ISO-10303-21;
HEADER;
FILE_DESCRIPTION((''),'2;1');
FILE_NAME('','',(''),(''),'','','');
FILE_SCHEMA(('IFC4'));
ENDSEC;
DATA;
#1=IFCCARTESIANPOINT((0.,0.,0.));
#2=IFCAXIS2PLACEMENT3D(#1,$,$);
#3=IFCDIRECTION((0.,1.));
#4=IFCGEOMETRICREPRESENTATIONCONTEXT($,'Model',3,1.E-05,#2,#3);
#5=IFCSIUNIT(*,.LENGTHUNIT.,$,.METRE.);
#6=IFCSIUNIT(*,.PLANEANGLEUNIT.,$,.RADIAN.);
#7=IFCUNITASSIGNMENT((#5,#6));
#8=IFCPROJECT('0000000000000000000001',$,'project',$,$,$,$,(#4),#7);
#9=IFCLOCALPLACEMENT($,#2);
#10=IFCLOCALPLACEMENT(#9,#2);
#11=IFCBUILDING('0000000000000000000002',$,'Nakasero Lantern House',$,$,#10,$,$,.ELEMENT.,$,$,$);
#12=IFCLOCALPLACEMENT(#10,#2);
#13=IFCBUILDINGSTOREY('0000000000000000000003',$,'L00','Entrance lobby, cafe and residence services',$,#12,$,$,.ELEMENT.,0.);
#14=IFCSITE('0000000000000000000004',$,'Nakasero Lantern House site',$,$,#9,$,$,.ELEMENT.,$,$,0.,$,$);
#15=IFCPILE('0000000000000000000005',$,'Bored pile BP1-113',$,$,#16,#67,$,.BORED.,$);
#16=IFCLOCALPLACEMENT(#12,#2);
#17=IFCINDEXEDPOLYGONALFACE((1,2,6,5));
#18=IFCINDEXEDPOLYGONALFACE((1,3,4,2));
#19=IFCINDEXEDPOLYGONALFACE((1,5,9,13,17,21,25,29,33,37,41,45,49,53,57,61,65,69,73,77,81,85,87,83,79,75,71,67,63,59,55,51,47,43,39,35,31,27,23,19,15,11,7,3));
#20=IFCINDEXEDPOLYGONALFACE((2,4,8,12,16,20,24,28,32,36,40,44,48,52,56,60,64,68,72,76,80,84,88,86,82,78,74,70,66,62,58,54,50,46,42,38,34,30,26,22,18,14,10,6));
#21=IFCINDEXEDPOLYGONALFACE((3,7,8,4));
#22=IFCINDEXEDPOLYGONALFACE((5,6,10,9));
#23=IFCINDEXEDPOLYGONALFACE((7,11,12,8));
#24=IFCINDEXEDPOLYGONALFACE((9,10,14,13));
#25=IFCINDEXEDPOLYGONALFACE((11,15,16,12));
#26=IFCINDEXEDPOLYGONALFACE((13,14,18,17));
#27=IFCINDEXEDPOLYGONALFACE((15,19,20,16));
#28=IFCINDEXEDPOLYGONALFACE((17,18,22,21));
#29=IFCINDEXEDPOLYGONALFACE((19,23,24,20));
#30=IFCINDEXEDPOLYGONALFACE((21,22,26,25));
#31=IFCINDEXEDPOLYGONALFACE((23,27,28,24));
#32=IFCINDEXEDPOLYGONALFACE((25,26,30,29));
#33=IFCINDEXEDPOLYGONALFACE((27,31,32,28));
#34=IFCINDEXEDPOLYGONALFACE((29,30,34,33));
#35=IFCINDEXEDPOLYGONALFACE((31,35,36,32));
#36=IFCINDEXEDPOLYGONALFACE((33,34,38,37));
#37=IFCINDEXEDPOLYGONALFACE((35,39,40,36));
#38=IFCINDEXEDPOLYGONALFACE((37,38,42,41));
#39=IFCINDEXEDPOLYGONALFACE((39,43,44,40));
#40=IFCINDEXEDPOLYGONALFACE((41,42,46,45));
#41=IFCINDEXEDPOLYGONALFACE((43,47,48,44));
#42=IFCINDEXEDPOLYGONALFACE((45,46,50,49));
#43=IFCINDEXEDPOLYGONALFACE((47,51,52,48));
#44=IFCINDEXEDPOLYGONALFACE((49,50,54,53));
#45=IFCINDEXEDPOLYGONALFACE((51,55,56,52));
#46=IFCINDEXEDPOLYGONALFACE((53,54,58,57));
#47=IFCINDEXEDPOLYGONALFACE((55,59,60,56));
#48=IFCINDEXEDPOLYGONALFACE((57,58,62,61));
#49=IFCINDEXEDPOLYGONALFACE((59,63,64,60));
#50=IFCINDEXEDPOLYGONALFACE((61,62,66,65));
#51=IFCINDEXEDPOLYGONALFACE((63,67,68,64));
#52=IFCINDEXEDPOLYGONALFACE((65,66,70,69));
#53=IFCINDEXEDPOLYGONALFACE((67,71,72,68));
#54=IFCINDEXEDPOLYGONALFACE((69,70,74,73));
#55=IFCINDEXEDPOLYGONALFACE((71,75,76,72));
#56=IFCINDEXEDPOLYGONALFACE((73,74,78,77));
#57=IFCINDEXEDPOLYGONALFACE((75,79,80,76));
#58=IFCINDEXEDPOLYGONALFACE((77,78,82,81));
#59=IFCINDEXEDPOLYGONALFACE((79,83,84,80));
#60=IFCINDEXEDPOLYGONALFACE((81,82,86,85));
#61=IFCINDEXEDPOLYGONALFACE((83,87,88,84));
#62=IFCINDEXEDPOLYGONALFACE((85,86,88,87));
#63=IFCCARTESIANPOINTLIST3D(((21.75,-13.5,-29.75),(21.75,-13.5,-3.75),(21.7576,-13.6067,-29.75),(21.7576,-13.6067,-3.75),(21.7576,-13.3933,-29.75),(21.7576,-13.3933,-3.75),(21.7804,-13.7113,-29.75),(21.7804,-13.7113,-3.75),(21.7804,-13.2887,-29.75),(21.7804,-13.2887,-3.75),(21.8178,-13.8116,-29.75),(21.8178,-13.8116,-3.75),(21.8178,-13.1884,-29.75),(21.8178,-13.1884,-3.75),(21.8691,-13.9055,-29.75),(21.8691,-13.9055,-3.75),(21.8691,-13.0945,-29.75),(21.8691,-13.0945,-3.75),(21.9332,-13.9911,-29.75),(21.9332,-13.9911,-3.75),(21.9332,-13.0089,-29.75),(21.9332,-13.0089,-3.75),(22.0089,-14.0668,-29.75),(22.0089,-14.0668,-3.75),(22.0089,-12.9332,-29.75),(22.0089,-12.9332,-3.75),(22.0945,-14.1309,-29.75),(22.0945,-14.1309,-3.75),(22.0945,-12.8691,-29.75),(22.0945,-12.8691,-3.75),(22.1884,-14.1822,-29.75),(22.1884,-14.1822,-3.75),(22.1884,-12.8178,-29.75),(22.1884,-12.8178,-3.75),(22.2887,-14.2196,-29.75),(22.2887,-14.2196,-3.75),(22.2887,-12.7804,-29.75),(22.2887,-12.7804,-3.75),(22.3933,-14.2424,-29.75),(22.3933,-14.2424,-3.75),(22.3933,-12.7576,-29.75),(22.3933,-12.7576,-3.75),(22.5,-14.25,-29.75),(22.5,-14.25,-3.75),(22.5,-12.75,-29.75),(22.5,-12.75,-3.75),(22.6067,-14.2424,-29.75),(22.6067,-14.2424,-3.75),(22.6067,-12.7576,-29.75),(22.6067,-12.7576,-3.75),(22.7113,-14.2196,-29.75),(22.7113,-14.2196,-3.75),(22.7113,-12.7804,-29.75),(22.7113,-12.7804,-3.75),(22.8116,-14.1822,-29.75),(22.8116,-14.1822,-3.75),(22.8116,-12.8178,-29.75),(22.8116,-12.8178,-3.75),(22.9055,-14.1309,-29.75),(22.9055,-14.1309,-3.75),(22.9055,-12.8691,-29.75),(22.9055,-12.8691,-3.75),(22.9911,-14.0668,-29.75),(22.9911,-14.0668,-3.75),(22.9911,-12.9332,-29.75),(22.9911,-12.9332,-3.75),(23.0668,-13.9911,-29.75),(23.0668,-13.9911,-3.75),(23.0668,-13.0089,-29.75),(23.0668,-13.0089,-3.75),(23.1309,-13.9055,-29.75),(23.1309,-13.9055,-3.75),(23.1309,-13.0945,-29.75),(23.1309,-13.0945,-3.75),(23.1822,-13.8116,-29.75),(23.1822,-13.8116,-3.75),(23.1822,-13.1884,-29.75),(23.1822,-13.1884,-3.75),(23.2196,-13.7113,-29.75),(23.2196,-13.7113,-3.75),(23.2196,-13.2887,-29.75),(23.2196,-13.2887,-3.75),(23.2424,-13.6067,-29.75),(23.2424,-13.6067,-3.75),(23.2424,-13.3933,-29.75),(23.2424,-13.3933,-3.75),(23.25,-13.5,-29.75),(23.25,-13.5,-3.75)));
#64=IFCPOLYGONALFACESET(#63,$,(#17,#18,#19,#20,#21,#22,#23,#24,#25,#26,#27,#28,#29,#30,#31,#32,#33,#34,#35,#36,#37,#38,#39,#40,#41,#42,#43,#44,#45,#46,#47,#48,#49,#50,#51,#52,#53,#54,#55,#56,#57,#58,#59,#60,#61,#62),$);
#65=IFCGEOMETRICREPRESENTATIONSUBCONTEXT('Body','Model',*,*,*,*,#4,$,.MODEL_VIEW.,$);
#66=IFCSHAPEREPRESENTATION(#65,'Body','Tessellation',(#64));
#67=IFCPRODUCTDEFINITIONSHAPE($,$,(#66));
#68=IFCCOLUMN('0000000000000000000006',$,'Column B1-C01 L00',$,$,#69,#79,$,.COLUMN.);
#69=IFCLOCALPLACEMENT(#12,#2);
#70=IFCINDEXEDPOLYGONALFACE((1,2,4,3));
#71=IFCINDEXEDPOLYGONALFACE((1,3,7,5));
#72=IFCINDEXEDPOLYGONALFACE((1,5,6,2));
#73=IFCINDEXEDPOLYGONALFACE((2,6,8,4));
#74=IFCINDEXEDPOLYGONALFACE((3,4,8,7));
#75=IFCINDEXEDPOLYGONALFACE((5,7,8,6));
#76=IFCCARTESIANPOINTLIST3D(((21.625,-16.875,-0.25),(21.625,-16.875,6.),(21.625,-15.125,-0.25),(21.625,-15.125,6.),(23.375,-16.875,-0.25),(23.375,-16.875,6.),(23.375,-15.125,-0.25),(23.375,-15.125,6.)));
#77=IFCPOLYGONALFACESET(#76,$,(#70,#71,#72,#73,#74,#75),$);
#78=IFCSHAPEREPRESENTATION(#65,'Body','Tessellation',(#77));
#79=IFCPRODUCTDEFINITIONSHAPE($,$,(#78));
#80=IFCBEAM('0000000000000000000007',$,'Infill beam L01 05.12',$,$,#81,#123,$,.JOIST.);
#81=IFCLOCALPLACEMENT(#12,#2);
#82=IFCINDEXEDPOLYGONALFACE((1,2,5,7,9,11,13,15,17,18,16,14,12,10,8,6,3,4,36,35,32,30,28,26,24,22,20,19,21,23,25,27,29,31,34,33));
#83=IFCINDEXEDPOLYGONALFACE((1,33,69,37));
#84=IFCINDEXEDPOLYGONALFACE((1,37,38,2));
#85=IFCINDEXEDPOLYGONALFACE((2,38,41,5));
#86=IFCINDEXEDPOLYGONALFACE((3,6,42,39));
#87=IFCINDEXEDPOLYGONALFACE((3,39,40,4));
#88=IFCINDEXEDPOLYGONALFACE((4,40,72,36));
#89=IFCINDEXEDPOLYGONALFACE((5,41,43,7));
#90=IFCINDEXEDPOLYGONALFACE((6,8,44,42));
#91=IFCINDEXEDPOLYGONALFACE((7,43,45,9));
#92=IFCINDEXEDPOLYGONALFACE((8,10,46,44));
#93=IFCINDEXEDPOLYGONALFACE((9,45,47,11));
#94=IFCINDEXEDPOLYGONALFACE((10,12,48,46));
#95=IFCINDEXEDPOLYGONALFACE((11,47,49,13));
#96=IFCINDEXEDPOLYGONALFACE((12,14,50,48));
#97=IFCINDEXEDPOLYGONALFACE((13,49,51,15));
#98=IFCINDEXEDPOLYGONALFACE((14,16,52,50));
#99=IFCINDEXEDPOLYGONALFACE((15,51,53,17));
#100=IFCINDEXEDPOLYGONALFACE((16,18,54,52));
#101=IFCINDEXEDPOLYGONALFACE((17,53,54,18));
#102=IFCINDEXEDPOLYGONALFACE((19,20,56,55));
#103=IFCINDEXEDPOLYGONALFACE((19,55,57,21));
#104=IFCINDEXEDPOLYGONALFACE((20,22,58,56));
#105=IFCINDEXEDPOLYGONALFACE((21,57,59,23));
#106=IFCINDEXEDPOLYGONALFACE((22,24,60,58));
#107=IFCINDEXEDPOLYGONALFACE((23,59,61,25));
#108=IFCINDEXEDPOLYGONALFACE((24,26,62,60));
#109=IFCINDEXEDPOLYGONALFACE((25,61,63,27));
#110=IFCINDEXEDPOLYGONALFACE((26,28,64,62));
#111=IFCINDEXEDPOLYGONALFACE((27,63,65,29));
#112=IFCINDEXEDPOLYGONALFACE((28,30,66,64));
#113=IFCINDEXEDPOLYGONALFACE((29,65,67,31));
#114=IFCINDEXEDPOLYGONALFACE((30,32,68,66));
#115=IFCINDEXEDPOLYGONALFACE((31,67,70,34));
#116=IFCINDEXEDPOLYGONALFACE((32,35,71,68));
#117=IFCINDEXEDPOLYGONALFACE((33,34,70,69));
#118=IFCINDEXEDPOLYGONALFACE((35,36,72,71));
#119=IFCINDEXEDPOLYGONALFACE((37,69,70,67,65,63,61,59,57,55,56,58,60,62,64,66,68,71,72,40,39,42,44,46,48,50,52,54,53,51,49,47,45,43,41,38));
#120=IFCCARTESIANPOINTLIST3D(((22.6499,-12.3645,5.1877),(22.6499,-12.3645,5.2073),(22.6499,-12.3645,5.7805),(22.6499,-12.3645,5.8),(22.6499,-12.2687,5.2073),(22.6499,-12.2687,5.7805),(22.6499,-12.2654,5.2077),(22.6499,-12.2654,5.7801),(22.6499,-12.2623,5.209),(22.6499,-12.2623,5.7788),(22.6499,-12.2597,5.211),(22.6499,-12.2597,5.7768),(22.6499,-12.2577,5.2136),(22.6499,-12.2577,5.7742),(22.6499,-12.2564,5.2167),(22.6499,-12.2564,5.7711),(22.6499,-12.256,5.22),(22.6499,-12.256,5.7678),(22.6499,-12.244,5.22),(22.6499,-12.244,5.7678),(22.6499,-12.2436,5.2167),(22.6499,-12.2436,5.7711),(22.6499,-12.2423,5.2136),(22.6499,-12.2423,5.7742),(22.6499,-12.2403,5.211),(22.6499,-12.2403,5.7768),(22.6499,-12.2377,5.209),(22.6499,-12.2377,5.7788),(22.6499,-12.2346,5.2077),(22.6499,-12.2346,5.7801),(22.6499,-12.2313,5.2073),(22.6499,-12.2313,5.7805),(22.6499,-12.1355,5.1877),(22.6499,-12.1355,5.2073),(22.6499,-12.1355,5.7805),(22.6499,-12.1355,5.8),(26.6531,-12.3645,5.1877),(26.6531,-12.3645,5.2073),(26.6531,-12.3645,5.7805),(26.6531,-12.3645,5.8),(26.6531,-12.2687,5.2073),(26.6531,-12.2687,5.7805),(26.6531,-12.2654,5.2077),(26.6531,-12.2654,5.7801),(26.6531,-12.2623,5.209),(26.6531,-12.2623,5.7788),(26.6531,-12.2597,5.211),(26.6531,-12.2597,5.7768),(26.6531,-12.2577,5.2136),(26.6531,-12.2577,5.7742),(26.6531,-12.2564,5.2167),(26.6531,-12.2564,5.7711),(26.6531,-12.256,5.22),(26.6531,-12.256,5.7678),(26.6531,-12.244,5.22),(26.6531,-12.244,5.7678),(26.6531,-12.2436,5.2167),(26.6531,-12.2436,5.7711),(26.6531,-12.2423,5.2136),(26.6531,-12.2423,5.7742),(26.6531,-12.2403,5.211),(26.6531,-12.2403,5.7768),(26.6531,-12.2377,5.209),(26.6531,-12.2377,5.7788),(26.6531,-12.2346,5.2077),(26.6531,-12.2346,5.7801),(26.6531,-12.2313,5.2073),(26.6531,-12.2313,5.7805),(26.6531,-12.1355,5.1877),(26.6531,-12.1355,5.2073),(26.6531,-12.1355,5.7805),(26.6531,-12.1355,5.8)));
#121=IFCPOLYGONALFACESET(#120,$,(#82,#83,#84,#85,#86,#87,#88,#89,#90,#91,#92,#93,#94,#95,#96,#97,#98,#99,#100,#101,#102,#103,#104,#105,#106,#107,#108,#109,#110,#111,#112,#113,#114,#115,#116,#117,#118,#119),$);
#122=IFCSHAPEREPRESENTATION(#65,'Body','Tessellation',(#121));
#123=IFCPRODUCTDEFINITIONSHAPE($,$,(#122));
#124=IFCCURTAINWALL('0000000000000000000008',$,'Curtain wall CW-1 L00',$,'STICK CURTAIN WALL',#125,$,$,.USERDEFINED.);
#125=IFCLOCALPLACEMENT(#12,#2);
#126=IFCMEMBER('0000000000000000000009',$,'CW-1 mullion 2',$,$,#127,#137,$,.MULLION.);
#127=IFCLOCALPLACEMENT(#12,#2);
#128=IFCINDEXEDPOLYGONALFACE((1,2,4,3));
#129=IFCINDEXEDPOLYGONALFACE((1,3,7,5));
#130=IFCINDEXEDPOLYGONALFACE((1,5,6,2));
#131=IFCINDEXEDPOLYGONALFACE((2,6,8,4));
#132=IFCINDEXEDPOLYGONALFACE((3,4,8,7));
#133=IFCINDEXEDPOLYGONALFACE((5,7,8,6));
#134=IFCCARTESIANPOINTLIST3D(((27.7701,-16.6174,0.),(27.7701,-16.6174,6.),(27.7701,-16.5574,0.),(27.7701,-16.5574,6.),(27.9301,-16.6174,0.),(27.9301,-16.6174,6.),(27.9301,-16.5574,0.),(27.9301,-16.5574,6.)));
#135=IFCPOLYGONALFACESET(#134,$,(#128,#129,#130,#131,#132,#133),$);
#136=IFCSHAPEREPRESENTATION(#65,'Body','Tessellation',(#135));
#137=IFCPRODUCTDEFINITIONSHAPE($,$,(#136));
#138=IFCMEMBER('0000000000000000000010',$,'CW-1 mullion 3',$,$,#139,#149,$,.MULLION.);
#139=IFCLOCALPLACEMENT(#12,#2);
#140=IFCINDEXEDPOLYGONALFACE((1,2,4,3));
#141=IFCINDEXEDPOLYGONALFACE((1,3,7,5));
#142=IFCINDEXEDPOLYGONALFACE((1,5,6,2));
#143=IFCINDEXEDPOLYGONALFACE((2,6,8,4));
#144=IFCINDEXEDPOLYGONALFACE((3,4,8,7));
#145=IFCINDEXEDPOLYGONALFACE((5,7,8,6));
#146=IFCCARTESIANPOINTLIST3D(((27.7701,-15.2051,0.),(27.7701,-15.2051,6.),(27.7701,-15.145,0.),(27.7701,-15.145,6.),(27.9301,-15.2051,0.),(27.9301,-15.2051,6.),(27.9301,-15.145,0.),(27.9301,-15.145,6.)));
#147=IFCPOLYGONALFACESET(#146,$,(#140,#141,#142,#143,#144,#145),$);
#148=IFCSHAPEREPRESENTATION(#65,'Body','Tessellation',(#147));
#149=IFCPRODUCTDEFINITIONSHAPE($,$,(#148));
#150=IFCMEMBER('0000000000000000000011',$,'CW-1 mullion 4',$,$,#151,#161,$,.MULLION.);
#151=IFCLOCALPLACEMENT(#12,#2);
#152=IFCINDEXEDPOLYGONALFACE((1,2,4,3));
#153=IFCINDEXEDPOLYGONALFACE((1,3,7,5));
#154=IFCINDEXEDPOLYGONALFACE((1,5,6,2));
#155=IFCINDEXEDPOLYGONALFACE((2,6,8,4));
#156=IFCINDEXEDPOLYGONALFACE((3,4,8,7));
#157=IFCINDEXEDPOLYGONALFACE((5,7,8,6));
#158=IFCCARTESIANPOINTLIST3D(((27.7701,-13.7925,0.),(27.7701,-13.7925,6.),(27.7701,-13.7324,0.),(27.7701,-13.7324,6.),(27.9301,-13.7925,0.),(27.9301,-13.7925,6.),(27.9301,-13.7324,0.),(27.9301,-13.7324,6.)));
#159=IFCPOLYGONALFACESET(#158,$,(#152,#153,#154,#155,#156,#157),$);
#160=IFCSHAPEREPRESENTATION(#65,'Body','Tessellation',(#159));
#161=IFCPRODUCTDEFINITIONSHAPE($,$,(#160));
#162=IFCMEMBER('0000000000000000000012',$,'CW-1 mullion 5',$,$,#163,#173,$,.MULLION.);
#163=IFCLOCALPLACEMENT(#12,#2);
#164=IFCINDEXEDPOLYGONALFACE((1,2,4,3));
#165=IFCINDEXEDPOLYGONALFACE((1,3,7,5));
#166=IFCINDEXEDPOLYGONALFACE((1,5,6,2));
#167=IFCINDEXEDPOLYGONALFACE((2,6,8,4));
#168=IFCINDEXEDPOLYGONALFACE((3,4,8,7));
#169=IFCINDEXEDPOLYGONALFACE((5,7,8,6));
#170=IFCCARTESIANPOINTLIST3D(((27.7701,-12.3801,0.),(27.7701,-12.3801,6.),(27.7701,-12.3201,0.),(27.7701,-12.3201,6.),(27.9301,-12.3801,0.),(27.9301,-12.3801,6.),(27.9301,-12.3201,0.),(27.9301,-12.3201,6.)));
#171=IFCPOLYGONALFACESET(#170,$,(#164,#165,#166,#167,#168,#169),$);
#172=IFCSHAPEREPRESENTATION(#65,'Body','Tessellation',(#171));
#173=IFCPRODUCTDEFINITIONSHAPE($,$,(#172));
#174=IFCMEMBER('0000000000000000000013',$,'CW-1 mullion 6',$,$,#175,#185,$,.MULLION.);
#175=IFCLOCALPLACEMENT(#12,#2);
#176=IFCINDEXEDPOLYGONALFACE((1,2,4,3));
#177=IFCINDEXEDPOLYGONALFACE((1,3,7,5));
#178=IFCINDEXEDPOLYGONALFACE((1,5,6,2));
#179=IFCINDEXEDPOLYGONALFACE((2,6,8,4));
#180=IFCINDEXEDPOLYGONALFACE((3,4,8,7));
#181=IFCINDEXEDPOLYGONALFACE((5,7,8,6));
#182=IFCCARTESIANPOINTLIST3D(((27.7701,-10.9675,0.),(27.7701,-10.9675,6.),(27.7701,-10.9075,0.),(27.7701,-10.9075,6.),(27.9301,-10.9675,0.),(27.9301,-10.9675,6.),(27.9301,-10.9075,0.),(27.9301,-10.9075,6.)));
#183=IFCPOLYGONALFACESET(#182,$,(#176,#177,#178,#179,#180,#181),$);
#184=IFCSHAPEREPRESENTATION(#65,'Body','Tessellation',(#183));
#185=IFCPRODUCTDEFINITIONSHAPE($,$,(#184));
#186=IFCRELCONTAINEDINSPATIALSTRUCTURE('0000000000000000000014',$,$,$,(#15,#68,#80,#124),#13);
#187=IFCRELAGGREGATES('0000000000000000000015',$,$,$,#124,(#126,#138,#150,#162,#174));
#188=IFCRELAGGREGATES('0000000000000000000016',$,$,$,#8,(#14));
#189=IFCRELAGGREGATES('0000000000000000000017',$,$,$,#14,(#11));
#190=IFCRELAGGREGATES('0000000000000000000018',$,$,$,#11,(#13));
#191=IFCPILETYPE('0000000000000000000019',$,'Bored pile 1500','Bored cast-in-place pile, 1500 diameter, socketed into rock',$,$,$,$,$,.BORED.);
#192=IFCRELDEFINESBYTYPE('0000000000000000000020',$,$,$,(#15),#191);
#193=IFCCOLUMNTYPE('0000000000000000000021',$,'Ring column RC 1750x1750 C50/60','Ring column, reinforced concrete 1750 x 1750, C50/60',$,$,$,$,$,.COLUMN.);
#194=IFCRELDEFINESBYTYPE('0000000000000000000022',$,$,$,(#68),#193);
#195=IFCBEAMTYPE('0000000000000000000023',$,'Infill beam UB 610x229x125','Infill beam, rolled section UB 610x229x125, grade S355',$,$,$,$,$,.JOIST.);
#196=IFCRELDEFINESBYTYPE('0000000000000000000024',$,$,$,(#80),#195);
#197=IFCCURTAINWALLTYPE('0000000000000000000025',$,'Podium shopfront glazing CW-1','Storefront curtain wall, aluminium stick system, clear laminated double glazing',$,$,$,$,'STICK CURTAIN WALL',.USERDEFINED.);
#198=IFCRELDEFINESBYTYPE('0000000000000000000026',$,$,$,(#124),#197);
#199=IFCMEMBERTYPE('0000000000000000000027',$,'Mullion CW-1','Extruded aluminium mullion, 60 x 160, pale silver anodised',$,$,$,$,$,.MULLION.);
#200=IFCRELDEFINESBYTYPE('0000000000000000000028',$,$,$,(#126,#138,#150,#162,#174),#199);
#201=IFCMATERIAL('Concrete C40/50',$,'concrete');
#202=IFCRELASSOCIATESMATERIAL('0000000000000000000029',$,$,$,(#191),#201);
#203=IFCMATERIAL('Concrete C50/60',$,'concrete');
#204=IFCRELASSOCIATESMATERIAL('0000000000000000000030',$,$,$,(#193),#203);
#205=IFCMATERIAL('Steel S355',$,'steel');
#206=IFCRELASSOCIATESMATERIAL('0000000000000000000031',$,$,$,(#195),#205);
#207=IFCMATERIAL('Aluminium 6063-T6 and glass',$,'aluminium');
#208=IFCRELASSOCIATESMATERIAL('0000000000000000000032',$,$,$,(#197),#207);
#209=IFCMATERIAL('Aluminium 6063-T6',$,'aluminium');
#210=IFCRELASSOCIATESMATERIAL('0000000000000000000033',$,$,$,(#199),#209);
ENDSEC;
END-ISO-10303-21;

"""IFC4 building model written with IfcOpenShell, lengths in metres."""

from ifc_helpers import new_model, si_unit, direction, frame, origin, origin_2d, place, context, subcontext, project, spatial, rectangle, circle, i_section, extrude, material, material_profile, profile_set, type_object, element, aggregate, save


model = new_model("IFC4")

# Units and contexts
model_context = context("Model", 3, precision=1e-05, world=origin(), true_north=direction((0.0, 1.0)))
body_context = subcontext(model_context, "Body", "Model", "MODEL_VIEW")
ifc_project = project(units=[si_unit("LENGTHUNIT", "METRE"), si_unit("PLANEANGLEUNIT", "RADIAN")], contexts=[model_context])

# Site, building, storey
site_placement = place(None, origin())
site = spatial("IfcSite", under=ifc_project, at=site_placement, Name="Nakasero Lantern House site", CompositionType="ELEMENT", RefElevation=0.0)
building_placement = place(site_placement, origin())
building = spatial("IfcBuilding", under=site, at=building_placement, Name="Nakasero Lantern House", CompositionType="ELEMENT")
storey_placement = place(building_placement, origin())
storey = spatial("IfcBuildingStorey", under=building, at=storey_placement, Name="L00", Description="Entrance lobby, cafe and residence services", CompositionType="ELEMENT", Elevation=0.0)

# Pile
ifc_material_1 = material(Name="Concrete C40/50", Category="concrete")
pile_type = type_object("IfcPileType", Name="Bored pile 1500", Description="Bored cast-in-place pile, 1500 diameter, socketed into rock", PredefinedType="BORED", material=ifc_material_1)
pile_placement = place(storey_placement, frame((22.5, -13.5, -3.75), z_axis=(0.0, 0.0, -1.0), x_axis=(1.0, 0.0, 0.0)))
element("IfcPile", 1, at=pile_placement, inside=storey, type_object=pile_type, Name="Bored pile BP1-113", PredefinedType="BORED", context=body_context, shape_type="SweptSolid", body=[
    extrude(circle(Radius=0.75, at=origin_2d()), origin(), (0.0, 0.0, 1.0), 26.0),
])

# Column
ifc_material_2 = material(Name="Concrete C50/60", Category="concrete")
ifc_material_profile_1 = material_profile(ifc_material_2, rectangle(XDim=1.75, YDim=1.75, at=origin_2d()), Name="RC 1750x1750")
ifc_profile_set_1 = profile_set([ifc_material_profile_1], Name="Concrete C50/60")
column_type = type_object("IfcColumnType", Name="Ring column RC 1750x1750 C50/60", Description="Ring column, reinforced concrete 1750 x 1750, C50/60", PredefinedType="COLUMN", material=ifc_profile_set_1)
column_placement = place(storey_placement, frame((22.5, -16.0, -0.25), z_axis=(0.0, 0.0, 1.0), x_axis=(1.0, 0.0, 0.0)))
element("IfcColumn", 2, at=column_placement, inside=storey, type_object=column_type, Name="Column B1-C01 L00", PredefinedType="COLUMN", context=body_context, shape_type="SweptSolid", body=[
    extrude(rectangle(XDim=1.75, YDim=1.75, at=origin_2d()), origin(), (0.0, 0.0, 1.0), 6.25),
])

# Beam
ifc_material_3 = material(Name="Steel S355", Category="steel")
ifc_material_profile_2 = material_profile(ifc_material_3, i_section(OverallWidth=0.229, OverallDepth=0.6123, WebThickness=0.012, FlangeThickness=0.0195, FilletRadius=0.0127, at=origin_2d()), Name="UB 610x229x125")
ifc_profile_set_2 = profile_set([ifc_material_profile_2], Name="Steel S355")
beam_type_1 = type_object("IfcBeamType", Name="Infill beam UB 610x229x125", Description="Infill beam, rolled section UB 610x229x125, grade S355", PredefinedType="JOIST", material=ifc_profile_set_2)
beam_1_placement = place(storey_placement, frame((22.6499, -12.25, 5.4939), z_axis=(1.0, 0.0, 0.0), x_axis=(0.0, 1.0, 0.0)))
element("IfcBeam", 3, at=beam_1_placement, inside=storey, type_object=beam_type_1, Name="Infill beam L01 05.12", PredefinedType="JOIST", context=body_context, shape_type="SweptSolid", body=[
    extrude(i_section(OverallWidth=0.229, OverallDepth=0.6123, WebThickness=0.012, FlangeThickness=0.0195, FilletRadius=0.0127, at=origin_2d()), origin(), (0.0, 0.0, 1.0), 4.0032),
])

# Curtain wall, members
ifc_material_4 = material(Name="Aluminium 6063-T6 and glass", Category="aluminium")
curtain_wall_type = type_object("IfcCurtainWallType", Name="Podium shopfront glazing CW-1", Description="Storefront curtain wall, aluminium stick system, clear laminated double glazing", ElementType="STICK CURTAIN WALL", PredefinedType="USERDEFINED", material=ifc_material_4)
curtain_wall_placement = place(storey_placement, origin())
curtain_wall = element("IfcCurtainWall", 4, at=curtain_wall_placement, inside=storey, type_object=curtain_wall_type, Name="Curtain wall CW-1 L00", ObjectType="STICK CURTAIN WALL", PredefinedType="USERDEFINED")
ifc_material_5 = material(Name="Aluminium 6063-T6", Category="aluminium")
ifc_material_profile_3 = material_profile(ifc_material_5, rectangle(XDim=0.0601, YDim=0.1599, at=origin_2d()), Name="CW-1 mullion 60x160")
ifc_profile_set_3 = profile_set([ifc_material_profile_3], Name="Aluminium 6063-T6")
member_type_1 = type_object("IfcMemberType", Name="Mullion CW-1", Description="Extruded aluminium mullion, 60 x 160, pale silver anodised", PredefinedType="MULLION", material=ifc_profile_set_3)
member_1_placement = place(storey_placement, frame((27.8501, -16.5874, 0.0), z_axis=(0.0, 0.0, 1.0), x_axis=(0.0, 1.0, 0.0)))
member_1 = element("IfcMember", 5, at=member_1_placement, type_object=member_type_1, Name="CW-1 mullion 2", PredefinedType="MULLION", context=body_context, shape_type="SweptSolid", body=[
    extrude(rectangle(XDim=0.0601, YDim=0.1599, at=origin_2d()), origin(), (0.0, 0.0, 1.0), 6.0),
])
member_2_placement = place(storey_placement, frame((27.8501, -15.175, 0.0), z_axis=(0.0, 0.0, 1.0), x_axis=(0.0, 1.0, 0.0)))
member_2 = element("IfcMember", 6, at=member_2_placement, type_object=member_type_1, Name="CW-1 mullion 3", PredefinedType="MULLION", context=body_context, shape_type="SweptSolid", body=[
    extrude(rectangle(XDim=0.0601, YDim=0.1599, at=origin_2d()), origin(), (0.0, 0.0, 1.0), 6.0),
])
member_3_placement = place(storey_placement, frame((27.8501, -13.7625, 0.0), z_axis=(0.0, 0.0, 1.0), x_axis=(0.0, 1.0, 0.0)))
member_3 = element("IfcMember", 7, at=member_3_placement, type_object=member_type_1, Name="CW-1 mullion 4", PredefinedType="MULLION", context=body_context, shape_type="SweptSolid", body=[
    extrude(rectangle(XDim=0.0601, YDim=0.1599, at=origin_2d()), origin(), (0.0, 0.0, 1.0), 6.0),
])
member_4_placement = place(storey_placement, frame((27.8501, -12.3501, 0.0), z_axis=(0.0, 0.0, 1.0), x_axis=(0.0, 1.0, 0.0)))
member_4 = element("IfcMember", 8, at=member_4_placement, type_object=member_type_1, Name="CW-1 mullion 5", PredefinedType="MULLION", context=body_context, shape_type="SweptSolid", body=[
    extrude(rectangle(XDim=0.0601, YDim=0.1599, at=origin_2d()), origin(), (0.0, 0.0, 1.0), 6.0),
])
member_5_placement = place(storey_placement, frame((27.8501, -10.9375, 0.0), z_axis=(0.0, 0.0, 1.0), x_axis=(0.0, 1.0, 0.0)))
member_5 = element("IfcMember", 9, at=member_5_placement, type_object=member_type_1, Name="CW-1 mullion 6", PredefinedType="MULLION", context=body_context, shape_type="SweptSolid", body=[
    extrude(rectangle(XDim=0.0601, YDim=0.1599, at=origin_2d()), origin(), (0.0, 0.0, 1.0), 6.0),
])

aggregate(curtain_wall, [member_1, member_2, member_3, member_4, member_5])

save(model, "model.ifc")
